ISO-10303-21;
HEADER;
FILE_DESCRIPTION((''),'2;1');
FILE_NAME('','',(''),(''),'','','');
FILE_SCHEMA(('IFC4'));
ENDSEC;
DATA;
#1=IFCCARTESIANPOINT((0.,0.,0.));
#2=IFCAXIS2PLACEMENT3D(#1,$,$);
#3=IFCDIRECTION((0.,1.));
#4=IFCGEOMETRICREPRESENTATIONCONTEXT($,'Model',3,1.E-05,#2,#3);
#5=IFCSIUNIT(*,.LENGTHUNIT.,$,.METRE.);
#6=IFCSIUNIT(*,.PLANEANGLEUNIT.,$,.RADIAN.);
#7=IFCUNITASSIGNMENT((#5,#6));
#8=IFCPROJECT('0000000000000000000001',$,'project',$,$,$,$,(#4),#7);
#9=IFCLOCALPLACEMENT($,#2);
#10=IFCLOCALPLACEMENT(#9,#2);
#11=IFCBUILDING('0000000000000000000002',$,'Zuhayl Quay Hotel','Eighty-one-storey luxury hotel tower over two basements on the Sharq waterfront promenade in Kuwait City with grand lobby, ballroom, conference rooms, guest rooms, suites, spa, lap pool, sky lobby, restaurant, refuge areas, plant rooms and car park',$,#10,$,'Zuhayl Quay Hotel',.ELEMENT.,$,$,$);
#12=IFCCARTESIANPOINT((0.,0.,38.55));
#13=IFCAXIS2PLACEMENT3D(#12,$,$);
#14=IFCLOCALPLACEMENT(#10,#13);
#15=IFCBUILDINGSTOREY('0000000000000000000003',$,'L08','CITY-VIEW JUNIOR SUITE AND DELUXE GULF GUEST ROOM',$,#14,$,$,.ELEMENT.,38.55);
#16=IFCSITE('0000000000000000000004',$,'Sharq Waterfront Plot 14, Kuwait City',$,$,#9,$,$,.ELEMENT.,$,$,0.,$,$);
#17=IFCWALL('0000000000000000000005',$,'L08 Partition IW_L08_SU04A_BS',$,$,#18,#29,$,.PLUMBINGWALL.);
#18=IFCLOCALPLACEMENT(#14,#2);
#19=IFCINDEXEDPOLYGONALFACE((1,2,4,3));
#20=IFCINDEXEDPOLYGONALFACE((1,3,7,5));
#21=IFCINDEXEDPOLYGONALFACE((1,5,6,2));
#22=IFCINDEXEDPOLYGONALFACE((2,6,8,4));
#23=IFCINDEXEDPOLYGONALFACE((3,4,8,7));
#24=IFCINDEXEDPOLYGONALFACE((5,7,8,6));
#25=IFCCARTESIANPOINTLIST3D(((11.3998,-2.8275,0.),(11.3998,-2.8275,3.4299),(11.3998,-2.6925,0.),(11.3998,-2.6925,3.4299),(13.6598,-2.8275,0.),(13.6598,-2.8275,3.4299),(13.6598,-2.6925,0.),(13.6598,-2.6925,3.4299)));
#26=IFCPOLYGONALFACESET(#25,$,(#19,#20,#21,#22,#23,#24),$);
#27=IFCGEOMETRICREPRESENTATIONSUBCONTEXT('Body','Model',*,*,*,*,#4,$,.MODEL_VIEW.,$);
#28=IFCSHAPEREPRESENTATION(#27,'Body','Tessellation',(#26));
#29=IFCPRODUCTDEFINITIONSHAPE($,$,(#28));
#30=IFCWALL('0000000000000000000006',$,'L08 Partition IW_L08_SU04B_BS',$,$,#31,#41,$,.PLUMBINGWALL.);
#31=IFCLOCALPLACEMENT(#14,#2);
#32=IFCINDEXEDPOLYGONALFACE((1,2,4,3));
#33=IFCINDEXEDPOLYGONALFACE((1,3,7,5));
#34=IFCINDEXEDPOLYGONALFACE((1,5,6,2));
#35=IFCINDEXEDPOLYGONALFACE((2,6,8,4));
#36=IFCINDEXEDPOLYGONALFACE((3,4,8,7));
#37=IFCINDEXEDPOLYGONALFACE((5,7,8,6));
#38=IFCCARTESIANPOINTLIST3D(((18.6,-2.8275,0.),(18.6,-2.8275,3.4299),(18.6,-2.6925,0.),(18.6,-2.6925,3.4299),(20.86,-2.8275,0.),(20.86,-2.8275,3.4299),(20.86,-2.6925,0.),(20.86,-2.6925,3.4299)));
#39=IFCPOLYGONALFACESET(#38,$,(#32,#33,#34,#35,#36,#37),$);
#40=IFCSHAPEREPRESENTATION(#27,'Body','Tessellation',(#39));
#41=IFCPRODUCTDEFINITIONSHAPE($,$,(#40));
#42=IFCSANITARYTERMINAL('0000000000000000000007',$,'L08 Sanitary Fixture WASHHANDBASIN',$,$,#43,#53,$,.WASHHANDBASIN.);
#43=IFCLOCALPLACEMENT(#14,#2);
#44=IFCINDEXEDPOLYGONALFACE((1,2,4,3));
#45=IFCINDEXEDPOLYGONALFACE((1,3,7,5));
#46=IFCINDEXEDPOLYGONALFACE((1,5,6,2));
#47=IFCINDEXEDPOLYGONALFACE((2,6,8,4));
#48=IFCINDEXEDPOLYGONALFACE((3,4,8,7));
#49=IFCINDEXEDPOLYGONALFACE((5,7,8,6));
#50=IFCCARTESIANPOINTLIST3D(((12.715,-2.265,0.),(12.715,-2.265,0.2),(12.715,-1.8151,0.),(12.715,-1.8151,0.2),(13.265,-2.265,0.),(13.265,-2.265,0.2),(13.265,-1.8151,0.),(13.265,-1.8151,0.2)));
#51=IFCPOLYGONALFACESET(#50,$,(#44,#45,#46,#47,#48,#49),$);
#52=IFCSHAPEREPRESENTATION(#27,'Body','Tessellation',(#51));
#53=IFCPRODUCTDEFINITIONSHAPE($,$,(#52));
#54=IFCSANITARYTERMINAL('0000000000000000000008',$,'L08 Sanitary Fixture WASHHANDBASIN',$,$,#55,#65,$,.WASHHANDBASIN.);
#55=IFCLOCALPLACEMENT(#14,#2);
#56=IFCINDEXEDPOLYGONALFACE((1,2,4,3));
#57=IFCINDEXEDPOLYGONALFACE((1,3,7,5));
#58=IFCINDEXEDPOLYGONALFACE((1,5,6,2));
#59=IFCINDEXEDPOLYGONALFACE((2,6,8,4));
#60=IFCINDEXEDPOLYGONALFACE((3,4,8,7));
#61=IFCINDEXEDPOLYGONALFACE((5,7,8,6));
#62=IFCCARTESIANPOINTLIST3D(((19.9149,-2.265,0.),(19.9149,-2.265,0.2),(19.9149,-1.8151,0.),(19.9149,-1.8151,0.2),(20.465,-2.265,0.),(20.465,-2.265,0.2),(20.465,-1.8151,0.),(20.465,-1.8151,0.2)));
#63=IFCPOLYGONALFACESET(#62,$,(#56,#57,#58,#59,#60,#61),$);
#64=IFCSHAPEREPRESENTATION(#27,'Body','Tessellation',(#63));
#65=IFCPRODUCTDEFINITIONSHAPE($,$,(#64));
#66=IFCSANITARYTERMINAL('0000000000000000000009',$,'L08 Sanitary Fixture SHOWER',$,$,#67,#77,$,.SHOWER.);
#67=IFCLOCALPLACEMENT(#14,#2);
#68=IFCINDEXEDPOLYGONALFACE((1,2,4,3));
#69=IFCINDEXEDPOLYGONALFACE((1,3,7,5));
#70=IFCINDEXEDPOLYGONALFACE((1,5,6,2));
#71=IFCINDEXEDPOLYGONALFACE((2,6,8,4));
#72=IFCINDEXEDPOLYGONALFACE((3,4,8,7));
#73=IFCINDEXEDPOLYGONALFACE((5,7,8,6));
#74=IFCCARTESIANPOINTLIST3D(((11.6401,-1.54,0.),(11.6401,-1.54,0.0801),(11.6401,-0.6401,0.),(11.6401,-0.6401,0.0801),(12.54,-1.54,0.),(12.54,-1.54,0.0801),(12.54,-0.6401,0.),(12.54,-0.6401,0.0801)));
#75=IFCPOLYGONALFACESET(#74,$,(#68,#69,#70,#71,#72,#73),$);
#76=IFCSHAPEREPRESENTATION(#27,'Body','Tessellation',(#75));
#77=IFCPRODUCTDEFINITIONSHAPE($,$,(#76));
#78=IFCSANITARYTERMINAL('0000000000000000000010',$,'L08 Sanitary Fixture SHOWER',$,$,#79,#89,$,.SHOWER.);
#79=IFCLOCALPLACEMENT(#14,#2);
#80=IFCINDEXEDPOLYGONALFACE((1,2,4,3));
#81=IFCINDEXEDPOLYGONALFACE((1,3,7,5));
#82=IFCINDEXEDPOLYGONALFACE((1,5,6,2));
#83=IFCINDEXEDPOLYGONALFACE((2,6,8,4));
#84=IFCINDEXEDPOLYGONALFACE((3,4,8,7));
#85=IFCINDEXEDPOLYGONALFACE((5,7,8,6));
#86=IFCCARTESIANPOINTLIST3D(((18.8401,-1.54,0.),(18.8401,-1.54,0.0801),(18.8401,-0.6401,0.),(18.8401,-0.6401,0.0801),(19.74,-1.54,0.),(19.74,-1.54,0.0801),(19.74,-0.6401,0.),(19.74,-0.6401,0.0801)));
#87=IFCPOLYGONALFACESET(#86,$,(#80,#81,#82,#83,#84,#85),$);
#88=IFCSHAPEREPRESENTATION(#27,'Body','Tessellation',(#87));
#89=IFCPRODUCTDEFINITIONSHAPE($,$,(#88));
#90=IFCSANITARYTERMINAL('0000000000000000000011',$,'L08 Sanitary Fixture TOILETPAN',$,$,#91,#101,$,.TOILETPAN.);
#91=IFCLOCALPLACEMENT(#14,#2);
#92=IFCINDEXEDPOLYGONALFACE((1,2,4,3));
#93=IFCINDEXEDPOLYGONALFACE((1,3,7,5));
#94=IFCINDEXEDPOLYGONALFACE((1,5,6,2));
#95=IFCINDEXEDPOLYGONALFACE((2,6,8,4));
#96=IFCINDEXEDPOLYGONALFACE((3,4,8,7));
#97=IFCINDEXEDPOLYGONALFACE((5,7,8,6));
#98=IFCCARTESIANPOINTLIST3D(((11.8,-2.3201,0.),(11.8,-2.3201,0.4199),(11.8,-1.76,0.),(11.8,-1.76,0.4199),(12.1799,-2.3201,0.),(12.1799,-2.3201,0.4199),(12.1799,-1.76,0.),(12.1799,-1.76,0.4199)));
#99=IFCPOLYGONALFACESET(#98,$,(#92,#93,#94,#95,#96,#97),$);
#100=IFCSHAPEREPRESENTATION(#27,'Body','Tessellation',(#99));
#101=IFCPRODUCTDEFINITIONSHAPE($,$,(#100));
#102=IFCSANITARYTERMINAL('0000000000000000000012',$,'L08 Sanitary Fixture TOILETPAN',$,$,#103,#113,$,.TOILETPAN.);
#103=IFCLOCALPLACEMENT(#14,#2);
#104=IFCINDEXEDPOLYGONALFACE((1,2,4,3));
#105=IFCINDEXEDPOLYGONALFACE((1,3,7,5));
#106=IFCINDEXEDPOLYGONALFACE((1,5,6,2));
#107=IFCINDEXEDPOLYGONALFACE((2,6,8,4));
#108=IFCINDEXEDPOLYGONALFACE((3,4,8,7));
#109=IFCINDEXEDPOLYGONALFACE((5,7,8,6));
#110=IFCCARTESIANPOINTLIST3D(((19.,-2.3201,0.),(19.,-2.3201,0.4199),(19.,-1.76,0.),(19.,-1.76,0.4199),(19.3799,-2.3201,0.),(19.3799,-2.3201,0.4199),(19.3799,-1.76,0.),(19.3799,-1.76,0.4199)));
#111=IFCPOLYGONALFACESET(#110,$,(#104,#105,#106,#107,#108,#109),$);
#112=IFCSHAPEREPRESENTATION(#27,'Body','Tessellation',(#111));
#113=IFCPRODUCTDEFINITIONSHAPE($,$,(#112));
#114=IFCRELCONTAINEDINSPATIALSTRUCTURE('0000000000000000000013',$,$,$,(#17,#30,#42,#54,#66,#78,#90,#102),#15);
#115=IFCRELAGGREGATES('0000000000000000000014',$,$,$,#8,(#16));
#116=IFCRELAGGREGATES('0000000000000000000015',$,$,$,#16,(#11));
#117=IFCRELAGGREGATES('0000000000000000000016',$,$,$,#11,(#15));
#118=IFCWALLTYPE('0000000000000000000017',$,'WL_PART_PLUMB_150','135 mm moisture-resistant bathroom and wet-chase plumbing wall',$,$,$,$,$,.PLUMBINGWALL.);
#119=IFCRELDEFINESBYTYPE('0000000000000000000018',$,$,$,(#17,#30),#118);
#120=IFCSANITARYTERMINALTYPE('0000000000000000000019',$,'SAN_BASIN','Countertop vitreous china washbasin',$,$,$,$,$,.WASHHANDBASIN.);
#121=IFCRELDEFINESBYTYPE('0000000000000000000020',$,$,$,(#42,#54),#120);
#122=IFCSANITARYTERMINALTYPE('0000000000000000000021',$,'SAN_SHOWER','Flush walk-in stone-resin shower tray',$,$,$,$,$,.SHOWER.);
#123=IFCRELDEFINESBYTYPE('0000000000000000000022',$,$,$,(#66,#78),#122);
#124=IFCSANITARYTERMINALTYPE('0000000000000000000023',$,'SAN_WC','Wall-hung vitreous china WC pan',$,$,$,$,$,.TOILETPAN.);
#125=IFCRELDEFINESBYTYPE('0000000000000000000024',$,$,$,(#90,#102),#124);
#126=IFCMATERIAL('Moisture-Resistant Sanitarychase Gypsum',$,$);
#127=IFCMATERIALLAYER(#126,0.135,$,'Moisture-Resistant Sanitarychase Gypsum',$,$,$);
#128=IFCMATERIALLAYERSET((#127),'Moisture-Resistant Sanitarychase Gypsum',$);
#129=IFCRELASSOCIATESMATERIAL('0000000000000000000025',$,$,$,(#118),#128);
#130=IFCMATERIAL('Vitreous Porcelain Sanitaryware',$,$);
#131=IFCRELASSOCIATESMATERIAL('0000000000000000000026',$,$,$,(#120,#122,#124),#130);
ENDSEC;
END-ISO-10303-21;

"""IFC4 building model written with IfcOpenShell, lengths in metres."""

from ifc_helpers import new_model, si_unit, direction, frame, frame_2d, origin, origin_2d, place, context, subcontext, project, spatial, rectangle, extrude, material, layer, layer_set, type_object, element, save


model = new_model("IFC4")

# Units and contexts
model_context = context("Model", 3, precision=1e-05, world=origin(), true_north=direction((0.0, 1.0)))
body_context = subcontext(model_context, "Body", "Model", "MODEL_VIEW")
ifc_project = project(units=[si_unit("LENGTHUNIT", "METRE"), si_unit("PLANEANGLEUNIT", "RADIAN")], contexts=[model_context])

# Site, building, storey
site_placement = place(None, origin())
site = spatial("IfcSite", under=ifc_project, at=site_placement, Name="Sharq Waterfront Plot 14, Kuwait City", CompositionType="ELEMENT", RefElevation=0.0)
building_placement = place(site_placement, origin())
building = spatial("IfcBuilding", under=site, at=building_placement, Name="Zuhayl Quay Hotel", Description="Eighty-one-storey luxury hotel tower over two basements on the Sharq waterfront promenade in Kuwait City with grand lobby, ballroom, conference rooms, guest rooms, suites, spa, lap pool, sky lobby, restaurant, refuge areas, plant rooms and car park", LongName="Zuhayl Quay Hotel", CompositionType="ELEMENT")
storey_placement = place(building_placement, frame((0.0, 0.0, 38.55)))
storey = spatial("IfcBuildingStorey", under=building, at=storey_placement, Name="L08", Description="CITY-VIEW JUNIOR SUITE AND DELUXE GULF GUEST ROOM", CompositionType="ELEMENT", Elevation=38.55)

# Shared definitions
ifc_material_1 = material(Name="Moisture-Resistant Sanitarychase Gypsum")
ifc_layer_1 = layer(ifc_material_1, 0.135, Name="Moisture-Resistant Sanitarychase Gypsum")
ifc_layer_set_1 = layer_set([ifc_layer_1], Name="Moisture-Resistant Sanitarychase Gypsum")
wall_type_1 = type_object("IfcWallType", Name="WL_PART_PLUMB_150", Description="135 mm moisture-resistant bathroom and wet-chase plumbing wall", PredefinedType="PLUMBINGWALL", material=ifc_layer_set_1)

# Walls
for number, where, z_axis, x_axis, name in (
    (1, (11.3999, -2.76, 0.0), (0.0, 0.0, 1.0), (1.0, 0.0, 0.0), "L08 Partition IW_L08_SU04A_BS"),
    (2, (18.6001, -2.76, 0.0), (0.0, 0.0, 1.0), (1.0, 0.0, 0.0), "L08 Partition IW_L08_SU04B_BS"),
):
    element("IfcWall", number, at=place(storey_placement, frame(where, z_axis=z_axis, x_axis=x_axis)), inside=storey, type_object=wall_type_1, Name=name, PredefinedType="PLUMBINGWALL", context=body_context, shape_type="SweptSolid", body=[
        extrude(rectangle(XDim=2.26, YDim=0.135, at=frame_2d((1.1299, 0.0))), origin(), (0.0, 0.0, 1.0), 3.4299),
    ])

# Sanitary terminals
ifc_material_2 = material(Name="Vitreous Porcelain Sanitaryware")
sanitary_terminal_type_1 = type_object("IfcSanitaryTerminalType", Name="SAN_BASIN", Description="Countertop vitreous china washbasin", PredefinedType="WASHHANDBASIN", material=ifc_material_2)
for number, where, z_axis, x_axis, name in (
    (3, (12.99, -2.04, 0.0), (0.0, 0.0, 1.0), (1.0, 0.0, 0.0), "L08 Sanitary Fixture WASHHANDBASIN"),
    (4, (20.1899, -2.04, 0.0), (0.0, 0.0, 1.0), (1.0, 0.0, 0.0), "L08 Sanitary Fixture WASHHANDBASIN"),
):
    element("IfcSanitaryTerminal", number, at=place(storey_placement, frame(where, z_axis=z_axis, x_axis=x_axis)), inside=storey, type_object=sanitary_terminal_type_1, Name=name, PredefinedType="WASHHANDBASIN", context=body_context, shape_type="SweptSolid", body=[
        extrude(rectangle(XDim=0.55, YDim=0.45, at=origin_2d()), origin(), (0.0, 0.0, 1.0), 0.2),
    ])
sanitary_terminal_type_2 = type_object("IfcSanitaryTerminalType", Name="SAN_SHOWER", Description="Flush walk-in stone-resin shower tray", PredefinedType="SHOWER", material=ifc_material_2)
for number, where, z_axis, x_axis, name in (
    (5, (12.0901, -1.0901, 0.0), (0.0, 0.0, 1.0), (1.0, 0.0, 0.0), "L08 Sanitary Fixture SHOWER"),
    (6, (19.29, -1.0901, 0.0), (0.0, 0.0, 1.0), (1.0, 0.0, 0.0), "L08 Sanitary Fixture SHOWER"),
):
    element("IfcSanitaryTerminal", number, at=place(storey_placement, frame(where, z_axis=z_axis, x_axis=x_axis)), inside=storey, type_object=sanitary_terminal_type_2, Name=name, PredefinedType="SHOWER", context=body_context, shape_type="SweptSolid", body=[
        extrude(rectangle(XDim=0.8999, YDim=0.8999, at=origin_2d()), origin(), (0.0, 0.0, 1.0), 0.0801),
    ])
sanitary_terminal_type_3 = type_object("IfcSanitaryTerminalType", Name="SAN_WC", Description="Wall-hung vitreous china WC pan", PredefinedType="TOILETPAN", material=ifc_material_2)
for number, where, z_axis, x_axis, name in (
    (7, (11.99, -2.04, 0.0), (0.0, 0.0, 1.0), (1.0, 0.0, 0.0), "L08 Sanitary Fixture TOILETPAN"),
    (8, (19.1899, -2.04, 0.0), (0.0, 0.0, 1.0), (1.0, 0.0, 0.0), "L08 Sanitary Fixture TOILETPAN"),
):
    element("IfcSanitaryTerminal", number, at=place(storey_placement, frame(where, z_axis=z_axis, x_axis=x_axis)), inside=storey, type_object=sanitary_terminal_type_3, Name=name, PredefinedType="TOILETPAN", context=body_context, shape_type="SweptSolid", body=[
        extrude(rectangle(XDim=0.3799, YDim=0.5601, at=origin_2d()), origin(), (0.0, 0.0, 1.0), 0.4199),
    ])

save(model, "model.ifc")
